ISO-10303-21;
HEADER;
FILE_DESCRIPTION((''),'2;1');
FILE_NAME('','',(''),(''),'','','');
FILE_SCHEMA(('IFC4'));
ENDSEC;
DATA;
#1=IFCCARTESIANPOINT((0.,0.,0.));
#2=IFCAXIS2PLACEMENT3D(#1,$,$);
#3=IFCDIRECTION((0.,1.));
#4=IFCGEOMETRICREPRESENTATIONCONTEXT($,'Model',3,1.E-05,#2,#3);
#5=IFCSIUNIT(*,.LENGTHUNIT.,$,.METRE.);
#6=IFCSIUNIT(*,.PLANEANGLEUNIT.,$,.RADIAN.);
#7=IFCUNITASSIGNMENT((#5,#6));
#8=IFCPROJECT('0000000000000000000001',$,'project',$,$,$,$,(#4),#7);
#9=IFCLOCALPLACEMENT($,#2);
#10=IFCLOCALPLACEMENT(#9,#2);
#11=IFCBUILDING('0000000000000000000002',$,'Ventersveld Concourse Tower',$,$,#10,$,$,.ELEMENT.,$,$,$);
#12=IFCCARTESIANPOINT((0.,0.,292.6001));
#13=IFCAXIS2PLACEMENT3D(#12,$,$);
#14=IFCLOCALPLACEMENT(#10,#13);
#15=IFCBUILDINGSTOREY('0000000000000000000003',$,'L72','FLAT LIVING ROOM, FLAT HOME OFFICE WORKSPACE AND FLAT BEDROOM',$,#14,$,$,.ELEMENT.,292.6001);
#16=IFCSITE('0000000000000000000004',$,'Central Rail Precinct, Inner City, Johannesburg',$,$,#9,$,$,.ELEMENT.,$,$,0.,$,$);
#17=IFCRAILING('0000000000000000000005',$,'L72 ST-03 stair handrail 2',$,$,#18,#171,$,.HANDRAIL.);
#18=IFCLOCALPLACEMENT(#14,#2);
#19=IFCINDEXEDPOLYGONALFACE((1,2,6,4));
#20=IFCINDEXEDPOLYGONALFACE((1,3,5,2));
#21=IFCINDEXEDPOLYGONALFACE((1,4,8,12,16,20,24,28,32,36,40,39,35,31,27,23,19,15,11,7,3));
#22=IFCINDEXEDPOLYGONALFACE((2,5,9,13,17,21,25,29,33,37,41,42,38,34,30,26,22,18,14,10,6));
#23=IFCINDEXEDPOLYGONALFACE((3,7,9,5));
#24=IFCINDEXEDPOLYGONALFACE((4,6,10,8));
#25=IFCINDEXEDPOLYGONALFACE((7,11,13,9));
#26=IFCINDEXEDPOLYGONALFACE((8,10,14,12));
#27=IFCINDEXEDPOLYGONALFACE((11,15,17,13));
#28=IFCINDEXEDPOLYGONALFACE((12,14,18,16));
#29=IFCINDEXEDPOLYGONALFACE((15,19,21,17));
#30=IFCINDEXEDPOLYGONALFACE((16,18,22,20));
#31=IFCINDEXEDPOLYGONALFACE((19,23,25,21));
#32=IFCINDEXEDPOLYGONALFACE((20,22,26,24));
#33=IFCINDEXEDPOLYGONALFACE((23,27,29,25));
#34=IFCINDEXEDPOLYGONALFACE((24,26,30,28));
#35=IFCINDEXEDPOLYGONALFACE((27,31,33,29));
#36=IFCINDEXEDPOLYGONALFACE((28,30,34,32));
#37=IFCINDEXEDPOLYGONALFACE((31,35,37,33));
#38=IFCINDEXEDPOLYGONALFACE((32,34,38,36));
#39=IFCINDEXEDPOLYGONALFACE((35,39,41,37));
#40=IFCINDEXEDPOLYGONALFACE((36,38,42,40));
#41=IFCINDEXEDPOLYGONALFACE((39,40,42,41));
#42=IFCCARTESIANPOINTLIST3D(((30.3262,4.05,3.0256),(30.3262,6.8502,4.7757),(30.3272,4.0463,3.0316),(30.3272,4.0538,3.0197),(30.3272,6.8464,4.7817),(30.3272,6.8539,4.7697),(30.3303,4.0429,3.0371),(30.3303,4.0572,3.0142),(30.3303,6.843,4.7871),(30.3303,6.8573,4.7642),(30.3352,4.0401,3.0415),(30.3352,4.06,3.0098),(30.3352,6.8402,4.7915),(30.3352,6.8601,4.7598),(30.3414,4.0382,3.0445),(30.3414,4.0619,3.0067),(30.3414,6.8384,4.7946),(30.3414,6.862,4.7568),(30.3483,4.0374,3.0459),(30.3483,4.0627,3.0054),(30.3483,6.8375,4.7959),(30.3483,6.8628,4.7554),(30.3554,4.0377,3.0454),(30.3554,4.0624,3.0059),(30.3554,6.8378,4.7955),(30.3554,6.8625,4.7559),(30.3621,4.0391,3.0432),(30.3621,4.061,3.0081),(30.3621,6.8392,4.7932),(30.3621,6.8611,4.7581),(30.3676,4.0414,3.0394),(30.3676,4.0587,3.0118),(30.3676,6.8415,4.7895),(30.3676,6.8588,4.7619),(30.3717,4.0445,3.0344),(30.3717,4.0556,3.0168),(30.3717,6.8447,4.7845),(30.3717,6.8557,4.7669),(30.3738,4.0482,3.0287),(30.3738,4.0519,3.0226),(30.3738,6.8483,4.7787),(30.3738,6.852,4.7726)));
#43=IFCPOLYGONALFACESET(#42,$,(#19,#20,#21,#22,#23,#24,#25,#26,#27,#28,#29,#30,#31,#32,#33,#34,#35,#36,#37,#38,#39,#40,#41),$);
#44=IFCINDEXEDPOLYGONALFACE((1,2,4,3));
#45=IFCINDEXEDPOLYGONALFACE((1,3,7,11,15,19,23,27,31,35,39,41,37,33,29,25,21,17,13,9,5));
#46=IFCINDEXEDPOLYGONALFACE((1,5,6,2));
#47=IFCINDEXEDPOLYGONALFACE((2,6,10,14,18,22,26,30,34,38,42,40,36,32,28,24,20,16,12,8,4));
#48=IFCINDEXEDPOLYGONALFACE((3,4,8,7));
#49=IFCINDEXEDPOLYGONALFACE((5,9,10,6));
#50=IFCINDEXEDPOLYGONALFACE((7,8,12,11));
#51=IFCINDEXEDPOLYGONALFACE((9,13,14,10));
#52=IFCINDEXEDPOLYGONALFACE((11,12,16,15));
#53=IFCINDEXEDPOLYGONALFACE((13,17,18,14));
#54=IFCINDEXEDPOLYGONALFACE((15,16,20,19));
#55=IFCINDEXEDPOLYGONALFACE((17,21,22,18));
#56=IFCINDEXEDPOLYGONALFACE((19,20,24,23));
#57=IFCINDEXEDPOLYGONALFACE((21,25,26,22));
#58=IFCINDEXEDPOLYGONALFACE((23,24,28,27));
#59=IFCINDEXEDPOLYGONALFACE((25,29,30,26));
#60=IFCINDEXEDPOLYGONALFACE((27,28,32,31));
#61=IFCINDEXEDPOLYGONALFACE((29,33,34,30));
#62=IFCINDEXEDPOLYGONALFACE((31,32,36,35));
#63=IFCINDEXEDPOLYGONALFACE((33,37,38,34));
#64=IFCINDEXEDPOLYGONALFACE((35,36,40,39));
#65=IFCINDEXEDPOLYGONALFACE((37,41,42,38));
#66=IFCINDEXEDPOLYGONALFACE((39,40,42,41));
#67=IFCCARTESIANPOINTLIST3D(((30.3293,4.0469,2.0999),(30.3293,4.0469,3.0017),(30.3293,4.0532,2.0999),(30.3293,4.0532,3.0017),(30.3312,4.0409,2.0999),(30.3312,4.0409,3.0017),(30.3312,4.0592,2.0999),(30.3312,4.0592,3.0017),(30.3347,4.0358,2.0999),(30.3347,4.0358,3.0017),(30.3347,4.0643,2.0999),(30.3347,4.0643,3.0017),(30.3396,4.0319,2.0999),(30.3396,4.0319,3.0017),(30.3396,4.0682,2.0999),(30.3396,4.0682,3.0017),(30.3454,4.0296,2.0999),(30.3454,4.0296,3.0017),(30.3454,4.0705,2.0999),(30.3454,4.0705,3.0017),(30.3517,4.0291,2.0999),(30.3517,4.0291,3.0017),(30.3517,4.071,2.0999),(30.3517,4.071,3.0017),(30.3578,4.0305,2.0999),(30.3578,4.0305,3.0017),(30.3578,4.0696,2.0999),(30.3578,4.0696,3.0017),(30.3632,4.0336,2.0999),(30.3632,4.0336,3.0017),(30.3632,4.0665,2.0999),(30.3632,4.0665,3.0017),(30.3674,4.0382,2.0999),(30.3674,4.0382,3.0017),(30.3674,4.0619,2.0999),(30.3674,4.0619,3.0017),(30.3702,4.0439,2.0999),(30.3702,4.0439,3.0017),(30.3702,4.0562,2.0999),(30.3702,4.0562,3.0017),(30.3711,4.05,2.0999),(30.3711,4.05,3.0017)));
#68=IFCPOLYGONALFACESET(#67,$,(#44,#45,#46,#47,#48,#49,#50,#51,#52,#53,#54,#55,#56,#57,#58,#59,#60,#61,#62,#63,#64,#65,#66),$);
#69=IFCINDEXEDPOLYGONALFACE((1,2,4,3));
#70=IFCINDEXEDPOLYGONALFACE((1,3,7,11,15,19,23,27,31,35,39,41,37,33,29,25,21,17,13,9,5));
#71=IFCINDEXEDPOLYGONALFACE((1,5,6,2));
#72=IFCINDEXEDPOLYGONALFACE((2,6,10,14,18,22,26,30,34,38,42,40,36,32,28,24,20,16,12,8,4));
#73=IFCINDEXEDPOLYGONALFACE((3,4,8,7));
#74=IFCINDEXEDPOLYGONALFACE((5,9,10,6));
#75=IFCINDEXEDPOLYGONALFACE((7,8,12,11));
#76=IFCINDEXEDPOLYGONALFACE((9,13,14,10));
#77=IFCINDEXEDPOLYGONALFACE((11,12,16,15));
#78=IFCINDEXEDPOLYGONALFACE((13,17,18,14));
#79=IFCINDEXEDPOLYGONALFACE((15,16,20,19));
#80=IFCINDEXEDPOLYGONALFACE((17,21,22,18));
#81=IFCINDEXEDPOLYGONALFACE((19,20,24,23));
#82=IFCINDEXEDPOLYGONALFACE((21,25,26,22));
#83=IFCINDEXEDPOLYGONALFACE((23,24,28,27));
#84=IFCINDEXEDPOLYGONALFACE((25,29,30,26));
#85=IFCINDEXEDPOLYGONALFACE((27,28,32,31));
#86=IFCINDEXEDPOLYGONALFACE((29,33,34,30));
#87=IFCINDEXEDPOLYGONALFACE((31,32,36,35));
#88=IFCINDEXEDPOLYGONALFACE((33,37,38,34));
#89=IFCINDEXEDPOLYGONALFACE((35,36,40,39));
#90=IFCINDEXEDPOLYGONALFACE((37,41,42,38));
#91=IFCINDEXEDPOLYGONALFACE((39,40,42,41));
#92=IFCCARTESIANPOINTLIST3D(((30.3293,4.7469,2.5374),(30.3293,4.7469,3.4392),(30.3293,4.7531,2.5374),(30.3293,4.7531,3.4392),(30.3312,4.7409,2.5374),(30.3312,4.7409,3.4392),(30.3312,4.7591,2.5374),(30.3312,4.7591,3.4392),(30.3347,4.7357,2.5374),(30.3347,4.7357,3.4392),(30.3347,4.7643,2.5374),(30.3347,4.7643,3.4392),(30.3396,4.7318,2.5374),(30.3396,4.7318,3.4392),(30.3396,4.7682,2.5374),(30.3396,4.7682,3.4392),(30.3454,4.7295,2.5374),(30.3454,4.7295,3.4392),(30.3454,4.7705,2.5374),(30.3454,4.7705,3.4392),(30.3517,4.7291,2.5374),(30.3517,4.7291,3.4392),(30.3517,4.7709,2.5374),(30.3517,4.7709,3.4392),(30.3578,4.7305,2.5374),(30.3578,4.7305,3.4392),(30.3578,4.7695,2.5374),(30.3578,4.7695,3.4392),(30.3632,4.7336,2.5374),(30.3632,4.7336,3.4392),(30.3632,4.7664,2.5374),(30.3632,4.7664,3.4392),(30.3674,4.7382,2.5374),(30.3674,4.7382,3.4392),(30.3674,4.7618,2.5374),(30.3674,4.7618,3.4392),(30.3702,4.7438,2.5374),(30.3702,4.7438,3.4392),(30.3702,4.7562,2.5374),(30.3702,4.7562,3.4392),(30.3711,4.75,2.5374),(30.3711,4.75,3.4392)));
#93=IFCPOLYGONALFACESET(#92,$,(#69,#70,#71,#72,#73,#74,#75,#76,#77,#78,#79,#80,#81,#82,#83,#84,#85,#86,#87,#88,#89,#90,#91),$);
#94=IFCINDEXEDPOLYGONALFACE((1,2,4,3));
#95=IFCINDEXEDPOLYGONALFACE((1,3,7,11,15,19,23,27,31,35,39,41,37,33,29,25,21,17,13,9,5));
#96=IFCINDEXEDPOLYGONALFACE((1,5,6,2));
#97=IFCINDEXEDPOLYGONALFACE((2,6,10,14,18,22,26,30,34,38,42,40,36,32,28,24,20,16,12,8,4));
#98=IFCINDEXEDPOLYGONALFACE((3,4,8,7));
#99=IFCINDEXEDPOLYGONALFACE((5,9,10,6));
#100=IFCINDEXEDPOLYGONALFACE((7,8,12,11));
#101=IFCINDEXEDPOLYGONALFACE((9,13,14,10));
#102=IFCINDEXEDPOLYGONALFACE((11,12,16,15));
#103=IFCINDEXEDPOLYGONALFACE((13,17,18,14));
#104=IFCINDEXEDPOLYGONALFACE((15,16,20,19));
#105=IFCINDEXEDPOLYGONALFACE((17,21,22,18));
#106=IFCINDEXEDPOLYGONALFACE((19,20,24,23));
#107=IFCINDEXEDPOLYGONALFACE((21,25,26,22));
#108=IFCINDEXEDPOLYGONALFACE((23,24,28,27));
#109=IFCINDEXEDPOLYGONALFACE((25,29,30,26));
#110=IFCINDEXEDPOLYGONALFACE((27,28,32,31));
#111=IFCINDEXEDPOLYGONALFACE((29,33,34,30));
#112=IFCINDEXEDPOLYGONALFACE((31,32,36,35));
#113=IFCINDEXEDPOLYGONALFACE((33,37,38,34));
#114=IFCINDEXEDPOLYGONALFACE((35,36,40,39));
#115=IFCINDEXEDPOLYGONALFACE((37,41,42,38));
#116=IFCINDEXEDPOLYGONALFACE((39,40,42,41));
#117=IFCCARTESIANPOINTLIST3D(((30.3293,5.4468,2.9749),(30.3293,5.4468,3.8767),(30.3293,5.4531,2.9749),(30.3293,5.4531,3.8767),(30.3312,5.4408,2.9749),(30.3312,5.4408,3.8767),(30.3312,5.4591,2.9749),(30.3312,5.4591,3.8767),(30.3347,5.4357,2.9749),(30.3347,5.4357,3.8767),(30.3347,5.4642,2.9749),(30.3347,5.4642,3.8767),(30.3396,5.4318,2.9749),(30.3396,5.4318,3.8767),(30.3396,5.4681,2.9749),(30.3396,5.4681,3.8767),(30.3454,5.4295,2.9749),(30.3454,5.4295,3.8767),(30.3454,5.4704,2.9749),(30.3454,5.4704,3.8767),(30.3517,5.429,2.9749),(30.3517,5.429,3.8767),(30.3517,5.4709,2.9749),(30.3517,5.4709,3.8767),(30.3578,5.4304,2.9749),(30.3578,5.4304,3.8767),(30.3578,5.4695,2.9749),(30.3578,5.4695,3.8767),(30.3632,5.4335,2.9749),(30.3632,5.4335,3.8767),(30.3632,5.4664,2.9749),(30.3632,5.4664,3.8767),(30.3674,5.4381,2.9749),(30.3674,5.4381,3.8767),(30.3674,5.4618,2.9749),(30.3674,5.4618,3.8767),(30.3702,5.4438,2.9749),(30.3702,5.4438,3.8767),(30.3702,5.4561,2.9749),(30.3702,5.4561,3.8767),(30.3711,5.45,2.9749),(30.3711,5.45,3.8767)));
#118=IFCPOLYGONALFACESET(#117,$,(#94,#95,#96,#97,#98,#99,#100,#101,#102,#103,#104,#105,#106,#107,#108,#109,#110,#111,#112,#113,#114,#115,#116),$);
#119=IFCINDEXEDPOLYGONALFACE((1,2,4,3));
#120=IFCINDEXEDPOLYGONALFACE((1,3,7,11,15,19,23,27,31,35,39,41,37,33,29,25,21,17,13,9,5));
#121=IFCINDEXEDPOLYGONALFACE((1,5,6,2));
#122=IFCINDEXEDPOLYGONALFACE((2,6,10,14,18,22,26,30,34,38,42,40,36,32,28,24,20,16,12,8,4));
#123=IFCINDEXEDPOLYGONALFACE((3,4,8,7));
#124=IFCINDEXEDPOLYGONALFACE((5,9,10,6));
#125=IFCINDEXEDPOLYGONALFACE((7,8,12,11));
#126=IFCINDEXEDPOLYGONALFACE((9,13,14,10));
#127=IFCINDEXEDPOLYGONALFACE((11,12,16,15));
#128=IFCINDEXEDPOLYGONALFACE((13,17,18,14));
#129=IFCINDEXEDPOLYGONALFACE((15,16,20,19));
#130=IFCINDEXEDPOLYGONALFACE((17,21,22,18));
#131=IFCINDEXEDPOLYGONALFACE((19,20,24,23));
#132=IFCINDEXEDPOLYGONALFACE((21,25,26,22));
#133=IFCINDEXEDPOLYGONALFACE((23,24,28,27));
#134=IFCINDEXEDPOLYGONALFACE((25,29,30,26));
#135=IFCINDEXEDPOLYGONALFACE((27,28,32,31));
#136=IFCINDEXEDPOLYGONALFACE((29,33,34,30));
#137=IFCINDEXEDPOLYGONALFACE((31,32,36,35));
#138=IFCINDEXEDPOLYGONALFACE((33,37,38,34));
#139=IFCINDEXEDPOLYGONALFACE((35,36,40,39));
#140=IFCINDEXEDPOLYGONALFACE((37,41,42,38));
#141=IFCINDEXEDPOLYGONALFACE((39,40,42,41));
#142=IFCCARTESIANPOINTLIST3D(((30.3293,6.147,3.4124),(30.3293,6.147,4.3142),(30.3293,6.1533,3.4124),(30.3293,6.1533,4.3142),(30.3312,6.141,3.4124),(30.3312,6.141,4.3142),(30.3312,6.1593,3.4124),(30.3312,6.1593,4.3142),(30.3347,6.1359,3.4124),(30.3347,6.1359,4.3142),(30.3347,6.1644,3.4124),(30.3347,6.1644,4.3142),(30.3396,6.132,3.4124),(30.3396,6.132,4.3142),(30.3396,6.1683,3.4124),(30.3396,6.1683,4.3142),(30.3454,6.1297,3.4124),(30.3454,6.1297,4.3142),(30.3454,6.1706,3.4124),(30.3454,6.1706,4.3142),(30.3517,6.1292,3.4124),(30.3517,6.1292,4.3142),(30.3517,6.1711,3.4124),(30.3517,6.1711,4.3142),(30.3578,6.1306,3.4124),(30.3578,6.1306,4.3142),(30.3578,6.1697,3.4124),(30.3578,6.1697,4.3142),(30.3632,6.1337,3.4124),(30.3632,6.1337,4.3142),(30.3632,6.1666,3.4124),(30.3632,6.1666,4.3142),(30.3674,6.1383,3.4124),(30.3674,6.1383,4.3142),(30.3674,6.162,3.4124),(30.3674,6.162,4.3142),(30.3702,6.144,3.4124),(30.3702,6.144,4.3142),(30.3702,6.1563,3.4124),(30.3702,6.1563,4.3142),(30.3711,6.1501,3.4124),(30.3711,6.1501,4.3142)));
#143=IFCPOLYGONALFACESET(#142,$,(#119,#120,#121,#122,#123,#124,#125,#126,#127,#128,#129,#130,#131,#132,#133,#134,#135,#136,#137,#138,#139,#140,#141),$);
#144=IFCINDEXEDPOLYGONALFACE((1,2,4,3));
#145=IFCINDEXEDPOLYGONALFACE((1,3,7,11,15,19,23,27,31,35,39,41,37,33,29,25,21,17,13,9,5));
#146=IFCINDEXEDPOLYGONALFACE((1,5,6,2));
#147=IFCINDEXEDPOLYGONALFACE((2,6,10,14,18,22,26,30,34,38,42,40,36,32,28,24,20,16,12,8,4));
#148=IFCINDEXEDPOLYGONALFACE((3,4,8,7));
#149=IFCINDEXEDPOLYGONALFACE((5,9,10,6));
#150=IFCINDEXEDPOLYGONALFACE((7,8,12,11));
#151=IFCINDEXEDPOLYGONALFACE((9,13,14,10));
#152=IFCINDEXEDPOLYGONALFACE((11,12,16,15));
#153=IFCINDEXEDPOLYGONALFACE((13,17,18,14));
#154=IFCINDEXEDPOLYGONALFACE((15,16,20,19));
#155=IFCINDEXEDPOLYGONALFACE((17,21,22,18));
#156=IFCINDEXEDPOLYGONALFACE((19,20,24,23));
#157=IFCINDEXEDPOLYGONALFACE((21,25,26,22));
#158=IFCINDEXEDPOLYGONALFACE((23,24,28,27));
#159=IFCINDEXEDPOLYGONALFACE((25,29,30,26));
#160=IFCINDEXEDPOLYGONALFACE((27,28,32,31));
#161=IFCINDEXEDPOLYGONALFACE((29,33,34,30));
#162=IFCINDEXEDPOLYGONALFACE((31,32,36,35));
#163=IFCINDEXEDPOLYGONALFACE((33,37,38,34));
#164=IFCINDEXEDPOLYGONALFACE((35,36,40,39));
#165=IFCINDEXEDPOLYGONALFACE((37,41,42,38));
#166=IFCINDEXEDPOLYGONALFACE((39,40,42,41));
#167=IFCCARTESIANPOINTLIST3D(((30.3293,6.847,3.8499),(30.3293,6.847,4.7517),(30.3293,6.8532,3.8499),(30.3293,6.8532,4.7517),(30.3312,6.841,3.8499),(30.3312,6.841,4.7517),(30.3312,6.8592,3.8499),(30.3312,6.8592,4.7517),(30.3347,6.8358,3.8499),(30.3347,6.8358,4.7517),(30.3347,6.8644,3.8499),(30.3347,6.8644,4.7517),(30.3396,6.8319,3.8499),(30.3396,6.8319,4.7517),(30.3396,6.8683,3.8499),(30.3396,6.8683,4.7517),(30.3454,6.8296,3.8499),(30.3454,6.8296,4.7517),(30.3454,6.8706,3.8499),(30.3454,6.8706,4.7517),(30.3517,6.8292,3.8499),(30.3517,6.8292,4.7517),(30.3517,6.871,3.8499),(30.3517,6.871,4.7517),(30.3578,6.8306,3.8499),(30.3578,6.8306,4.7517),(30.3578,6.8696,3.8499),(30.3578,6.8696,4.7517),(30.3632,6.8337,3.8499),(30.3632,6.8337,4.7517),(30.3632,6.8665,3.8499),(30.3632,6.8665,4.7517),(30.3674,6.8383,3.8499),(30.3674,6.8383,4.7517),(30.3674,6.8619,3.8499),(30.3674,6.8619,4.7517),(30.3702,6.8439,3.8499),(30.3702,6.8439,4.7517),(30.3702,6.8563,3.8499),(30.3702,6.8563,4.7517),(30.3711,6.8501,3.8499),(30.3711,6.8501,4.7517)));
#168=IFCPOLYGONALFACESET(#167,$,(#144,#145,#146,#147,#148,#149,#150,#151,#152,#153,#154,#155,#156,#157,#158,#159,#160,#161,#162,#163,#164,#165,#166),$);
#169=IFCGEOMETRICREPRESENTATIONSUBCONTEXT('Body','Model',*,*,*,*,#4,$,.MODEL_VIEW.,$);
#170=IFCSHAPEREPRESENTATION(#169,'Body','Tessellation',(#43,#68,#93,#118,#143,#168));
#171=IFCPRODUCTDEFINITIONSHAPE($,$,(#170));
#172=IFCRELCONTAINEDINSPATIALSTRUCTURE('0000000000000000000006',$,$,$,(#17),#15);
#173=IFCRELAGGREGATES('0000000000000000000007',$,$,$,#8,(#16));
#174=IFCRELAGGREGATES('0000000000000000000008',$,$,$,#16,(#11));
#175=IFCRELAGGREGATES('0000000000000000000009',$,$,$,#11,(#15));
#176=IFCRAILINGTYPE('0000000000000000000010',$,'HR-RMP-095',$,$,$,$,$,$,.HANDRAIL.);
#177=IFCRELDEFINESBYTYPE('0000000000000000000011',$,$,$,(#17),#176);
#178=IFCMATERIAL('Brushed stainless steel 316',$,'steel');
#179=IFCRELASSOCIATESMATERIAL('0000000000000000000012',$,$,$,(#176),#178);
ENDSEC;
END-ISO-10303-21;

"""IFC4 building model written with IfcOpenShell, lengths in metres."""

from ifc_helpers import new_model, si_unit, direction, frame, origin, origin_2d, place, context, subcontext, project, spatial, circle, extrude, material, type_object, element, save


model = new_model("IFC4")

# Units and contexts
model_context = context("Model", 3, precision=1e-05, world=origin(), true_north=direction((0.0, 1.0)))
body_context = subcontext(model_context, "Body", "Model", "MODEL_VIEW")
ifc_project = project(units=[si_unit("LENGTHUNIT", "METRE"), si_unit("PLANEANGLEUNIT", "RADIAN")], contexts=[model_context])

# Site, building, storey
site_placement = place(None, origin())
site = spatial("IfcSite", under=ifc_project, at=site_placement, Name="Central Rail Precinct, Inner City, Johannesburg", CompositionType="ELEMENT", RefElevation=0.0)
building_placement = place(site_placement, origin())
building = spatial("IfcBuilding", under=site, at=building_placement, Name="Ventersveld Concourse Tower", CompositionType="ELEMENT")
storey_placement = place(building_placement, frame((0.0, 0.0, 292.6001)))
storey = spatial("IfcBuildingStorey", under=building, at=storey_placement, Name="L72", Description="FLAT LIVING ROOM, FLAT HOME OFFICE WORKSPACE AND FLAT BEDROOM", CompositionType="ELEMENT", Elevation=292.6001)

# Shared definitions
ifc_material_1 = material(Name="Brushed stainless steel 316", Category="steel")

# Railing
railing_type_1 = type_object("IfcRailingType", Name="HR-RMP-095", PredefinedType="HANDRAIL", material=ifc_material_1)
railing_1_placement = place(storey_placement, frame((30.3501, 4.05, 2.0999)))
element("IfcRailing", 1, at=railing_1_placement, inside=storey, type_object=railing_type_1, Name="L72 ST-03 stair handrail 2", PredefinedType="HANDRAIL", context=body_context, shape_type="SweptSolid", body=[
    extrude(circle(Radius=0.0239, at=origin_2d()), frame((0.0, 0.0, 0.9258), z_axis=(0.0, 0.848002, 0.529992), x_axis=(-1.0, 0.0, 0.0)), (0.0, 0.0, 1.0), 3.302),
    extrude(circle(Radius=0.021, at=origin_2d()), origin(), (0.0, 0.0, 1.0), 0.9019),
    extrude(circle(Radius=0.021, at=origin_2d()), frame((0.0, 0.7, 0.4375)), (0.0, 0.0, 1.0), 0.9019),
    extrude(circle(Radius=0.021, at=origin_2d()), frame((0.0, 1.3999, 0.875)), (0.0, 0.0, 1.0), 0.9019),
    extrude(circle(Radius=0.021, at=origin_2d()), frame((0.0, 2.1001, 1.3125)), (0.0, 0.0, 1.0), 0.9019),
    extrude(circle(Radius=0.021, at=origin_2d()), frame((0.0, 2.8, 1.75)), (0.0, 0.0, 1.0), 0.9019),
])

save(model, "model.ifc")
